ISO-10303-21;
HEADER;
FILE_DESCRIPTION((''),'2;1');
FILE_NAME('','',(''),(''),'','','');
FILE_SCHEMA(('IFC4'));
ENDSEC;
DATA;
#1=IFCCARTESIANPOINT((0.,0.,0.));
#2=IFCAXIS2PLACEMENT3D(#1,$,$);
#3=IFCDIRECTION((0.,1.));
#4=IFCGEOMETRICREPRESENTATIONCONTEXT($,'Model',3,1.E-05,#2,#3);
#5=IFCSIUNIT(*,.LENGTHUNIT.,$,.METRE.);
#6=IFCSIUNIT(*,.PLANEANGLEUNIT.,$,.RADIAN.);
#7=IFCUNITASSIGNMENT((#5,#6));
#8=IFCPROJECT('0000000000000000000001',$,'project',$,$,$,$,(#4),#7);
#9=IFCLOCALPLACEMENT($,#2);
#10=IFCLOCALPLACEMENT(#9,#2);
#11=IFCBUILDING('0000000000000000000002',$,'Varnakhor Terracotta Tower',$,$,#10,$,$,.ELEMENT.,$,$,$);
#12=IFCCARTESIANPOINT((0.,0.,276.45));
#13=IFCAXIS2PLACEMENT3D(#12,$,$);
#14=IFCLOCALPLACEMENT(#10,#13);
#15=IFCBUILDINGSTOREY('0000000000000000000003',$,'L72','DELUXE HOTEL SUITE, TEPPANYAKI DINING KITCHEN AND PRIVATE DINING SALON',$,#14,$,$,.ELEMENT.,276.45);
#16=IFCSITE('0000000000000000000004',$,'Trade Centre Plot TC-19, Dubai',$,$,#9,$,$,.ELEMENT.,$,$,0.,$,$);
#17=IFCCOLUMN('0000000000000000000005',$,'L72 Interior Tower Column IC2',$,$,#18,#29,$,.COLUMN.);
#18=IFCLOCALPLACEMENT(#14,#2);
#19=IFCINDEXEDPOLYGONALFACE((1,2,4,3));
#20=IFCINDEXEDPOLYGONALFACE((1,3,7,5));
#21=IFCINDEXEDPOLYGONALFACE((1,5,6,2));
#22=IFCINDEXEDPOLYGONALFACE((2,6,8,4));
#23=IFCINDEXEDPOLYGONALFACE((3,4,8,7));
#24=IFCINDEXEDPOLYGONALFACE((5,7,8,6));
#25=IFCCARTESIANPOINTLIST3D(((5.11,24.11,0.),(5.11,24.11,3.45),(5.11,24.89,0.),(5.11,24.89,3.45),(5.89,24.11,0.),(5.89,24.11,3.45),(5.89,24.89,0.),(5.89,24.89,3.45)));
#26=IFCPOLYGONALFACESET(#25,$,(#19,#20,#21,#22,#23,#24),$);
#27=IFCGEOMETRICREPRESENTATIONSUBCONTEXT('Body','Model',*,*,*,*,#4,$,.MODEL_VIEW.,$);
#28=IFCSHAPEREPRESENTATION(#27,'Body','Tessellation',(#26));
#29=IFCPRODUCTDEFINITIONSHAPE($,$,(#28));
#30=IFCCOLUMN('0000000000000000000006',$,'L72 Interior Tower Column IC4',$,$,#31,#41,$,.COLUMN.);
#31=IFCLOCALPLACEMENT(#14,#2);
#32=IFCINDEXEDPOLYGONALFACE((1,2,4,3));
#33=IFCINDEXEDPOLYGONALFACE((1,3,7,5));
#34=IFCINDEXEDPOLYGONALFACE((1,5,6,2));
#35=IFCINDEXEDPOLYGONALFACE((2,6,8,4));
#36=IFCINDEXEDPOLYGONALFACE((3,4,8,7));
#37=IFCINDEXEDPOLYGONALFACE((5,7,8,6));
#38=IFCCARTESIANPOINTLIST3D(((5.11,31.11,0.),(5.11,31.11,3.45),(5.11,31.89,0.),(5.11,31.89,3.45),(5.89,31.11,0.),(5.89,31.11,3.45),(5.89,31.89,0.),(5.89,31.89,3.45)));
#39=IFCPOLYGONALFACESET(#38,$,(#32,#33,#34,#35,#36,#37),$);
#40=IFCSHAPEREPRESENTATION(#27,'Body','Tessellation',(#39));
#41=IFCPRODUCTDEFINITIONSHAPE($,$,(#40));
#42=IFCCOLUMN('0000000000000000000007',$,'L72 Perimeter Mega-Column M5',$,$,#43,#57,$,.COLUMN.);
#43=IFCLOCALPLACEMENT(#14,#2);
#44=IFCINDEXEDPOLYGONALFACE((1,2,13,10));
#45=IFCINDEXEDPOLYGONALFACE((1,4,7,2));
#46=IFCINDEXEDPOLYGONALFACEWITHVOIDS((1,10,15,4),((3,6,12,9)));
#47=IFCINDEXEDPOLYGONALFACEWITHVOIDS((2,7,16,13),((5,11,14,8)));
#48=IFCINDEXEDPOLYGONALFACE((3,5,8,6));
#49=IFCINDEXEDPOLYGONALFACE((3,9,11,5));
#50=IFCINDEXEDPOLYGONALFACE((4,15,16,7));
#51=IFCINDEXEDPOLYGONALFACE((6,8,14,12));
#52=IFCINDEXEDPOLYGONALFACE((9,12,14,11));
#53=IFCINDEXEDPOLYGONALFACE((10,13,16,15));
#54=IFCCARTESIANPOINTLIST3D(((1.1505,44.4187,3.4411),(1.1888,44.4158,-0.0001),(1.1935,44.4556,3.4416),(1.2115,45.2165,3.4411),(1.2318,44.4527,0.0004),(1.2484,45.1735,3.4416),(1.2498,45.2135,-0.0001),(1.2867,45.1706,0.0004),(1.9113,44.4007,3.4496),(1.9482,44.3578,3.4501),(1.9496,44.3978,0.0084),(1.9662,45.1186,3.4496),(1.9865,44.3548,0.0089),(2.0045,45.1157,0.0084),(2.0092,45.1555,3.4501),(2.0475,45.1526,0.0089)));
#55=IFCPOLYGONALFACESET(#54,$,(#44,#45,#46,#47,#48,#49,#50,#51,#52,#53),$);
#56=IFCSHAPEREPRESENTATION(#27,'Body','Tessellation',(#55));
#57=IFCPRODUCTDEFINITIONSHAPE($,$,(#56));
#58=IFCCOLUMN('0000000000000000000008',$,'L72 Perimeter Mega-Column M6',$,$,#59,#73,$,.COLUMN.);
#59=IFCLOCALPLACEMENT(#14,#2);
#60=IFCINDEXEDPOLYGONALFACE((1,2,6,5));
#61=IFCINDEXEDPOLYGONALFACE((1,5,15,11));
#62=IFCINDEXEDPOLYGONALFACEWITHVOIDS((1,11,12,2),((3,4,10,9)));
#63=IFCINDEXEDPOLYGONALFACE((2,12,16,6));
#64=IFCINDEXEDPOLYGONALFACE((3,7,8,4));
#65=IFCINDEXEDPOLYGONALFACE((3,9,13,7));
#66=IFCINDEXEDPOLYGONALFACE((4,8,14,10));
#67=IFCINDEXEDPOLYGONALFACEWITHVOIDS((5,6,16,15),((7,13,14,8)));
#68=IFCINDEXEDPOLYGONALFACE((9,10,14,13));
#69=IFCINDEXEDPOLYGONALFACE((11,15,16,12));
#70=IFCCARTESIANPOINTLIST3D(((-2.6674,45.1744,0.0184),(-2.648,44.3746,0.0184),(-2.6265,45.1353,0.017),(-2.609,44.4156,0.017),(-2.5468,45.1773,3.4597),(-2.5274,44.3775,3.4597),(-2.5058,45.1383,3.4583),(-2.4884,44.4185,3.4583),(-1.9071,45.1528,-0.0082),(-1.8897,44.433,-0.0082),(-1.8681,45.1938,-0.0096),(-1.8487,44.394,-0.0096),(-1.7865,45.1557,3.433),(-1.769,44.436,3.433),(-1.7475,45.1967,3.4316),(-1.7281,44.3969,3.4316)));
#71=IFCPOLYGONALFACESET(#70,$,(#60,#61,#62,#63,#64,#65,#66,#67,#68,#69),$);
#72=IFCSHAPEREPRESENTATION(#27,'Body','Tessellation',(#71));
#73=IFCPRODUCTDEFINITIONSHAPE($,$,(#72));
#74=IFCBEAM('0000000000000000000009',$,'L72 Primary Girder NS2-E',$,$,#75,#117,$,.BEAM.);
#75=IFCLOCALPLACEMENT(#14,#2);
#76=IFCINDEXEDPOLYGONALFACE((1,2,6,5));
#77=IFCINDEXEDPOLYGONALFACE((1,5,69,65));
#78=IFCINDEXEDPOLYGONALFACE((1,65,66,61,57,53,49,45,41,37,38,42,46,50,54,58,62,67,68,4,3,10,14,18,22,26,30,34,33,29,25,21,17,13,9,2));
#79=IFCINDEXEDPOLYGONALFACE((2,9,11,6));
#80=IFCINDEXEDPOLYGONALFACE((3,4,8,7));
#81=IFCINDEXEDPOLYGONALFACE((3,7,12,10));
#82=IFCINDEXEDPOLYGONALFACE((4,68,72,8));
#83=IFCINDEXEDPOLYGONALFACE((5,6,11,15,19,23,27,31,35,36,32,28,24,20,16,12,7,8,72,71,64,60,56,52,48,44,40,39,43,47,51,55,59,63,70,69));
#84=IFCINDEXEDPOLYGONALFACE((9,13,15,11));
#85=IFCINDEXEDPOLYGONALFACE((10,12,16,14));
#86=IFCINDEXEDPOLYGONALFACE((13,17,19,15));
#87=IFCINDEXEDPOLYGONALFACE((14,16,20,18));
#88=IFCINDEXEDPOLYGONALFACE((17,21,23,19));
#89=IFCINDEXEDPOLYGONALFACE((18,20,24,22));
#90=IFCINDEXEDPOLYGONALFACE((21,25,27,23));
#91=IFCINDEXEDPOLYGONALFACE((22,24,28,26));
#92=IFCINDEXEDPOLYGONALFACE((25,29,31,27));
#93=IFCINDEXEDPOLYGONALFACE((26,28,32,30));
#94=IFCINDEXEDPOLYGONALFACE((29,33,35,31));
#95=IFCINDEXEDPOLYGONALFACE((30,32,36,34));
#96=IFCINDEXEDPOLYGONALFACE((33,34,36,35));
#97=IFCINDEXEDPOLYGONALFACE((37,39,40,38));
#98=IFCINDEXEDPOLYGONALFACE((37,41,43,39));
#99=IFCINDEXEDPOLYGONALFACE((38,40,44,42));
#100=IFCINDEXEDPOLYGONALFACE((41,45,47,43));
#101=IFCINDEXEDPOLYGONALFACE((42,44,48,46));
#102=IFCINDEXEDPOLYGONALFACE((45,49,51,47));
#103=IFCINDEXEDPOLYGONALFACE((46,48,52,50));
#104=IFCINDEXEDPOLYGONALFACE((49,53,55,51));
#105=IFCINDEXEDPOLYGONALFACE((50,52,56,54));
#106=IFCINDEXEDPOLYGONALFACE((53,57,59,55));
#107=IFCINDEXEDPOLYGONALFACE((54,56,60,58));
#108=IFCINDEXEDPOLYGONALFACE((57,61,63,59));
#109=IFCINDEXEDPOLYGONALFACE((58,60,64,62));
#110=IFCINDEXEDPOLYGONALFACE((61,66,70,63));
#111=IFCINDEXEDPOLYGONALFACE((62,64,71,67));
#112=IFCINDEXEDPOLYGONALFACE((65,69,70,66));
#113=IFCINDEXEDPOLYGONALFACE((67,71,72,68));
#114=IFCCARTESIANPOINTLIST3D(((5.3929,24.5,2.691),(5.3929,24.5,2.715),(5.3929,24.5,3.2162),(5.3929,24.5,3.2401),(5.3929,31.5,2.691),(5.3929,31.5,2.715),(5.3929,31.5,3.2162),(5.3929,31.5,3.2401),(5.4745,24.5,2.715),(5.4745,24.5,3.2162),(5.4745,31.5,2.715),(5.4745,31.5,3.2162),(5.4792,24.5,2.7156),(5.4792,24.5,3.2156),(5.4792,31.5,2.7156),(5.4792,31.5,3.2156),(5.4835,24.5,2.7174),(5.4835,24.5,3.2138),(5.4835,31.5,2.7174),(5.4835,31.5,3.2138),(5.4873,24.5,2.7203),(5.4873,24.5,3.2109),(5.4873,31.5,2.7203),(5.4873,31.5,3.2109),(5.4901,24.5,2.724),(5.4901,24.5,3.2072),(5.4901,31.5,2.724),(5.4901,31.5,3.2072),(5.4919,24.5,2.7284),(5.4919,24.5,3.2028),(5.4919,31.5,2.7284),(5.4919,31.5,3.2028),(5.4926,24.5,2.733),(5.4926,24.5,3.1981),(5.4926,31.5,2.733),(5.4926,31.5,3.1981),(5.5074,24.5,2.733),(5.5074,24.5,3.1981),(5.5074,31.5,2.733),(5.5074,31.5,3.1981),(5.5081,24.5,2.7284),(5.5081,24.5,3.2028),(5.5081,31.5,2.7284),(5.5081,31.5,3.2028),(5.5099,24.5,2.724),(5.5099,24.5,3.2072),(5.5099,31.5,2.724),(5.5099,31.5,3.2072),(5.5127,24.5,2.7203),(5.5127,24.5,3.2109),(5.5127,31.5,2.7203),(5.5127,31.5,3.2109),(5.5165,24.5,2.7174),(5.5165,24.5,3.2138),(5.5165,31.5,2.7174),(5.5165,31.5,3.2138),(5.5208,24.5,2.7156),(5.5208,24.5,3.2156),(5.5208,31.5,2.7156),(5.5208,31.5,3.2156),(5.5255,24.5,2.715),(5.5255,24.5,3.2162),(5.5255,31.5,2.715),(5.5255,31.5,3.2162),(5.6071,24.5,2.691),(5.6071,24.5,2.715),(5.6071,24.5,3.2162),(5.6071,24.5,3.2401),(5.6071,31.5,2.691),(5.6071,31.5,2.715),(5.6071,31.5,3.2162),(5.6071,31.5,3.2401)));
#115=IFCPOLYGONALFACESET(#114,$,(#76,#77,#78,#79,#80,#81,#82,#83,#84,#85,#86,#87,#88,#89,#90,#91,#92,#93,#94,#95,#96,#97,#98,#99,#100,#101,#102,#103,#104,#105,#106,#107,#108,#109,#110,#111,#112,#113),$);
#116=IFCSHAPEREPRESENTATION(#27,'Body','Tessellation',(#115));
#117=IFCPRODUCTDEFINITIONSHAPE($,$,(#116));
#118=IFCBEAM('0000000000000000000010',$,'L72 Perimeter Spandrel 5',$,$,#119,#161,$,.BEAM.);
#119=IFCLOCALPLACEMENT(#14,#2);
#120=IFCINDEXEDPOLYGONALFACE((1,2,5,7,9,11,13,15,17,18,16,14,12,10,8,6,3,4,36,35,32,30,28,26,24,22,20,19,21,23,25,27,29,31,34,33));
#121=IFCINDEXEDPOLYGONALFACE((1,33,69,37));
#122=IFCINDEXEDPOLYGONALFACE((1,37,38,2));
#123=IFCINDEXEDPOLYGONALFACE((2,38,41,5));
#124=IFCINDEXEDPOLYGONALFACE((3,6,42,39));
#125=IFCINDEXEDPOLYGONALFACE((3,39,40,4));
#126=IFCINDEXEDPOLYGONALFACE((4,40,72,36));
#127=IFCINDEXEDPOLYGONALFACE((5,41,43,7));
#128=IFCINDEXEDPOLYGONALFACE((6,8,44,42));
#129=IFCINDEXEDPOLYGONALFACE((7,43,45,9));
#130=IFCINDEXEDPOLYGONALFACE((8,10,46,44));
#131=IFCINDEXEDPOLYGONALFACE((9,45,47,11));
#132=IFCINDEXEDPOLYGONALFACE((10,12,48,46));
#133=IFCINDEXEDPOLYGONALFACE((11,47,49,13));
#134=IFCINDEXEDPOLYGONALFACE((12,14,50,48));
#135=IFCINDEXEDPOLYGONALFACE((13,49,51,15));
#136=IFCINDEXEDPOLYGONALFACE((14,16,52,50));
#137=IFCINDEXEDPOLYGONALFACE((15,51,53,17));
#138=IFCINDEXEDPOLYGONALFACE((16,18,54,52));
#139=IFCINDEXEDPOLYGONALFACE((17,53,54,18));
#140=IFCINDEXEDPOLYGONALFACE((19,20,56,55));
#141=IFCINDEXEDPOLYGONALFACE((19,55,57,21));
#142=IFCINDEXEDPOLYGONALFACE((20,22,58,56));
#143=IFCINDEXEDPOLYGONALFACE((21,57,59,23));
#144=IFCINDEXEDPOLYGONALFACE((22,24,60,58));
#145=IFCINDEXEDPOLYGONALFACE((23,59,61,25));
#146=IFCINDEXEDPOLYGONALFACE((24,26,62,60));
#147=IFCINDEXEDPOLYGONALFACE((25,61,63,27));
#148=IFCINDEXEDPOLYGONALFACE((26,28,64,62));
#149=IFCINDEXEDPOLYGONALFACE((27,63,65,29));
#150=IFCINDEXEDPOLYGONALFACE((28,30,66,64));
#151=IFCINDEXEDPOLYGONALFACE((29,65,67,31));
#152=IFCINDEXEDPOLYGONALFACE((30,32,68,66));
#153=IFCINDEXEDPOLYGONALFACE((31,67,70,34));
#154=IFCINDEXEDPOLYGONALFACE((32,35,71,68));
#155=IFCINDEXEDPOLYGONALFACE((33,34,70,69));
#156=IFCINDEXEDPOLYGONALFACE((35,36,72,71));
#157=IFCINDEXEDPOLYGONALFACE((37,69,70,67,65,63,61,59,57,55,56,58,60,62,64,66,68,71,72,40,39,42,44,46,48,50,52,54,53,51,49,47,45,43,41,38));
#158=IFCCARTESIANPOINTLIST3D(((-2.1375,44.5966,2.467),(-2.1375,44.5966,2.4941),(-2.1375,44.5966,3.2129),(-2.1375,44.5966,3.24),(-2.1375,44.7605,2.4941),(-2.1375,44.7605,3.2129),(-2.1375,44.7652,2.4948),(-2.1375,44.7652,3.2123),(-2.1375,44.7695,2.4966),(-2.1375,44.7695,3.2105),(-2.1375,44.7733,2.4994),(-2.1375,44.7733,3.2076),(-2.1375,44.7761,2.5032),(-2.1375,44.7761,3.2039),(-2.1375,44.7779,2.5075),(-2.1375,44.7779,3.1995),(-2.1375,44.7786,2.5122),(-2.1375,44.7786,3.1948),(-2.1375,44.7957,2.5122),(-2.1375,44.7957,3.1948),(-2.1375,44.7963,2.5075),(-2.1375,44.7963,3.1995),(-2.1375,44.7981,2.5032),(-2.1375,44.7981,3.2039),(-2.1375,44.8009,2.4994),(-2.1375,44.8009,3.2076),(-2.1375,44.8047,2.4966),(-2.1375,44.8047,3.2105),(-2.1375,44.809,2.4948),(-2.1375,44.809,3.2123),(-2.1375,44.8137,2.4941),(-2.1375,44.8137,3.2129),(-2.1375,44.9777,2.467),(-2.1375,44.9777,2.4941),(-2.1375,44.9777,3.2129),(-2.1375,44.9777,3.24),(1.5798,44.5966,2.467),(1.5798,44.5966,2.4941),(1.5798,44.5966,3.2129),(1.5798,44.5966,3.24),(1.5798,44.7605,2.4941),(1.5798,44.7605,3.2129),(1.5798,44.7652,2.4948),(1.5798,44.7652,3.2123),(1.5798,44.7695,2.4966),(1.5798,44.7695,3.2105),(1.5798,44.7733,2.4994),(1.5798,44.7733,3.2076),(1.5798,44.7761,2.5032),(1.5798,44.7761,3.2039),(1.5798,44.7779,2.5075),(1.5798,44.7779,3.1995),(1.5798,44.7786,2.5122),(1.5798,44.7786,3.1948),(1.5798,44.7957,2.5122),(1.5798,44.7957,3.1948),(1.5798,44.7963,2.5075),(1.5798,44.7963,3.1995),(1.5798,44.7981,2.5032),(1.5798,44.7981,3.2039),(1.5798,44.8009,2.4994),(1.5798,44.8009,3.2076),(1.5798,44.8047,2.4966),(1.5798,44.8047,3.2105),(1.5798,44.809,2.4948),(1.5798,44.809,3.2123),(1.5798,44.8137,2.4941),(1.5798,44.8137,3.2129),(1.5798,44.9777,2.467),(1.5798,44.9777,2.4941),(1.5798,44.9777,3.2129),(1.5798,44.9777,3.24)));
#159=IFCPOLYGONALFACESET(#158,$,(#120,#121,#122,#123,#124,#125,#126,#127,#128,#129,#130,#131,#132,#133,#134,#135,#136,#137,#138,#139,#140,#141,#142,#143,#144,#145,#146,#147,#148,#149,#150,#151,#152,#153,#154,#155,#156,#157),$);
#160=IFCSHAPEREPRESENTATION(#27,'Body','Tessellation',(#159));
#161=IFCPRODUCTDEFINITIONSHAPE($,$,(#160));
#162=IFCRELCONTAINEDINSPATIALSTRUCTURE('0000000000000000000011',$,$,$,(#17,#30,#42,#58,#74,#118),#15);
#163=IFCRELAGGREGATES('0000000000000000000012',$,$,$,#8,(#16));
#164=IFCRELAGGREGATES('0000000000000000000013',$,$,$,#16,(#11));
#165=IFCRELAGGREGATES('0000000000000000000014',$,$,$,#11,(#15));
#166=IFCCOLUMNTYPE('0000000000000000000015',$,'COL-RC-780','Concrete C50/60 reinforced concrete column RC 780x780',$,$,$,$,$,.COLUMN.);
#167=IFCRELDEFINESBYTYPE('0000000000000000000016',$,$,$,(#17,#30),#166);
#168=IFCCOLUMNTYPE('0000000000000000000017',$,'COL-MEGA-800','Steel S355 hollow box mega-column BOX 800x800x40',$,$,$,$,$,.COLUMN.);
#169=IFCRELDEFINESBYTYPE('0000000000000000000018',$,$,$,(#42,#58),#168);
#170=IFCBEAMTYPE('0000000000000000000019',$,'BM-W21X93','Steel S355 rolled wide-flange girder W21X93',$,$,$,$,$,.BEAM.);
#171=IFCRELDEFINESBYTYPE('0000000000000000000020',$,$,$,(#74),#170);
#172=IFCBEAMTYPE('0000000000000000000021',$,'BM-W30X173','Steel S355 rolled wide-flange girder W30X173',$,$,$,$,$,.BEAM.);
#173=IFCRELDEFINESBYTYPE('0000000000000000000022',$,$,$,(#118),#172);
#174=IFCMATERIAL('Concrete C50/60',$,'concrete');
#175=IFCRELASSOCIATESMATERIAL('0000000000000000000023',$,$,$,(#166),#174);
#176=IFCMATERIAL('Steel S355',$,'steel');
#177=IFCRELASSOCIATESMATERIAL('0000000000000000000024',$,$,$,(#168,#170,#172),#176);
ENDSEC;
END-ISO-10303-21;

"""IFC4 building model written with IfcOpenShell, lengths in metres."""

from ifc_helpers import new_model, si_unit, direction, frame, origin, origin_2d, place, context, subcontext, project, spatial, rectangle, hollow_rectangle, i_section, extrude, source, transform, mapped, material, material_profile, profile_set, type_object, type_shapes, element, save


model = new_model("IFC4")

# Units and contexts
model_context = context("Model", 3, precision=1e-05, world=origin(), true_north=direction((0.0, 1.0)))
body_context = subcontext(model_context, "Body", "Model", "MODEL_VIEW")
ifc_project = project(units=[si_unit("LENGTHUNIT", "METRE"), si_unit("PLANEANGLEUNIT", "RADIAN")], contexts=[model_context])

# Site, building, storey
site_placement = place(None, origin())
site = spatial("IfcSite", under=ifc_project, at=site_placement, Name="Trade Centre Plot TC-19, Dubai", CompositionType="ELEMENT", RefElevation=0.0)
building_placement = place(site_placement, origin())
building = spatial("IfcBuilding", under=site, at=building_placement, Name="Varnakhor Terracotta Tower", CompositionType="ELEMENT")
storey_placement = place(building_placement, frame((0.0, 0.0, 276.45)))
storey = spatial("IfcBuildingStorey", under=building, at=storey_placement, Name="L72", Description="DELUXE HOTEL SUITE, TEPPANYAKI DINING KITCHEN AND PRIVATE DINING SALON", CompositionType="ELEMENT", Elevation=276.45)

# Columns
ifc_material_1 = material(Name="Concrete C50/60", Category="concrete")
ifc_material_profile_1 = material_profile(ifc_material_1, rectangle(XDim=0.78, YDim=0.78, at=origin_2d()), Name="RC 780x780")
ifc_profile_set_1 = profile_set([ifc_material_profile_1], Name="Concrete C50/60")
column_type_1 = type_object("IfcColumnType", Name="COL-RC-780", Description="Concrete C50/60 reinforced concrete column RC 780x780", PredefinedType="COLUMN", material=ifc_profile_set_1)
shared_shape_1 = source(origin(), body_context, "Body", "SweptSolid", [
    extrude(rectangle(XDim=0.78, YDim=0.78, at=origin_2d()), origin(), (0.0, 0.0, 1.0), 3.45),
])
for number, where, z_axis, x_axis, name in (
    (1, (5.5, 24.5, 0.0), (0.0, 0.0, 1.0), (1.0, 0.0, 0.0), "L72 Interior Tower Column IC2"),
    (2, (5.5, 31.5, 0.0), (0.0, 0.0, 1.0), (1.0, 0.0, 0.0), "L72 Interior Tower Column IC4"),
):
    element("IfcColumn", number, at=place(storey_placement, frame(where, z_axis=z_axis, x_axis=x_axis)), inside=storey, type_object=column_type_1, Name=name, PredefinedType="COLUMN", context=body_context, shape_type="MappedRepresentation", body=[
        mapped(shared_shape_1, transform((0.0, 0.0, 0.0), scale=1.0)),
    ])
ifc_material_2 = material(Name="Steel S355", Category="steel")
ifc_material_profile_2 = material_profile(ifc_material_2, hollow_rectangle(XDim=0.8, YDim=0.8, WallThickness=0.04, at=origin_2d()), Name="BOX 800x800x40")
ifc_profile_set_2 = profile_set([ifc_material_profile_2], Name="Steel S355")
column_type_2 = type_object("IfcColumnType", Name="COL-MEGA-800", Description="Steel S355 hollow box mega-column BOX 800x800x40", PredefinedType="COLUMN", material=ifc_profile_set_2)
shared_shape_2 = source(origin(), body_context, "Body", "SweptSolid", [
    extrude(hollow_rectangle(XDim=0.8, YDim=0.8, WallThickness=0.04, at=origin_2d()), origin(), (0.0, 0.0, 1.0), 3.4414),
])
type_shapes(column_type_2, [shared_shape_2])
column_1_placement = place(storey_placement, frame((1.6182, 44.7842, 0.0044), z_axis=(-0.011138, 0.000851, 0.999938), x_axis=(-0.076211, -0.997092, 0.0)))
element("IfcColumn", 3, at=column_1_placement, inside=storey, type_object=column_type_2, Name="L72 Perimeter Mega-Column M5", PredefinedType="COLUMN", context=body_context, shape_type="MappedRepresentation", body=[
    mapped(shared_shape_2, transform((0.0, 0.0, 0.0), scale=1.0)),
])
shared_shape_3 = source(origin(), body_context, "Body", "SweptSolid", [
    extrude(hollow_rectangle(XDim=0.8, YDim=0.8, WallThickness=0.04, at=origin_2d()), origin(), (0.0, 0.0, 1.0), 3.4434),
])
column_2_placement = place(storey_placement, frame((-2.2581, 44.7842, 0.0044), z_axis=(0.035026, 0.000851, 0.999386), x_axis=(-0.024284, 0.999705, 0.0)))
element("IfcColumn", 4, at=column_2_placement, inside=storey, type_object=column_type_2, Name="L72 Perimeter Mega-Column M6", PredefinedType="COLUMN", context=body_context, shape_type="MappedRepresentation", body=[
    mapped(shared_shape_3, transform((0.0, 0.0, 0.0), scale=1.0)),
])

# Beams
ifc_material_profile_3 = material_profile(ifc_material_2, i_section(OverallWidth=0.2141, OverallDepth=0.5491, WebThickness=0.0149, FlangeThickness=0.0239, FilletRadius=0.0181, at=origin_2d()), Name="W21X93")
ifc_profile_set_3 = profile_set([ifc_material_profile_3], Name="Steel S355")
beam_type_1 = type_object("IfcBeamType", Name="BM-W21X93", Description="Steel S355 rolled wide-flange girder W21X93", PredefinedType="BEAM", material=ifc_profile_set_3)
shared_shape_4 = source(origin(), body_context, "Body", "SweptSolid", [
    extrude(i_section(OverallWidth=0.2141, OverallDepth=0.5491, WebThickness=0.0149, FlangeThickness=0.0239, FilletRadius=0.0181, at=origin_2d()), origin(), (0.0, 0.0, 1.0), 7.0),
])
beam_1_placement = place(storey_placement, frame((5.5, 24.5, 2.9656), z_axis=(0.0, 1.0, 0.0), x_axis=(-1.0, 0.0, 0.0)))
element("IfcBeam", 5, at=beam_1_placement, inside=storey, type_object=beam_type_1, Name="L72 Primary Girder NS2-E", PredefinedType="BEAM", context=body_context, shape_type="MappedRepresentation", body=[
    mapped(shared_shape_4, transform((0.0, 0.0, 0.0), scale=1.0)),
])
ifc_material_profile_4 = material_profile(ifc_material_2, i_section(OverallWidth=0.3811, OverallDepth=0.7729, WebThickness=0.0171, FlangeThickness=0.0271, FilletRadius=0.0181, at=origin_2d()), Name="W30X173")
ifc_profile_set_4 = profile_set([ifc_material_profile_4], Name="Steel S355")
beam_type_2 = type_object("IfcBeamType", Name="BM-W30X173", Description="Steel S355 rolled wide-flange girder W30X173", PredefinedType="BEAM", material=ifc_profile_set_4)
shared_shape_5 = source(origin(), body_context, "Body", "SweptSolid", [
    extrude(i_section(OverallWidth=0.3811, OverallDepth=0.7729, WebThickness=0.0171, FlangeThickness=0.0271, FilletRadius=0.0181, at=origin_2d()), origin(), (0.0, 0.0, 1.0), 3.7173),
])
beam_2_placement = place(storey_placement, frame((1.5798, 44.7871, 2.8535), z_axis=(-1.0, 0.0, 0.0), x_axis=(0.0, -1.0, 0.0)))
element("IfcBeam", 6, at=beam_2_placement, inside=storey, type_object=beam_type_2, Name="L72 Perimeter Spandrel 5", PredefinedType="BEAM", context=body_context, shape_type="MappedRepresentation", body=[
    mapped(shared_shape_5, transform((0.0, 0.0, 0.0), scale=1.0)),
])

save(model, "model.ifc")
